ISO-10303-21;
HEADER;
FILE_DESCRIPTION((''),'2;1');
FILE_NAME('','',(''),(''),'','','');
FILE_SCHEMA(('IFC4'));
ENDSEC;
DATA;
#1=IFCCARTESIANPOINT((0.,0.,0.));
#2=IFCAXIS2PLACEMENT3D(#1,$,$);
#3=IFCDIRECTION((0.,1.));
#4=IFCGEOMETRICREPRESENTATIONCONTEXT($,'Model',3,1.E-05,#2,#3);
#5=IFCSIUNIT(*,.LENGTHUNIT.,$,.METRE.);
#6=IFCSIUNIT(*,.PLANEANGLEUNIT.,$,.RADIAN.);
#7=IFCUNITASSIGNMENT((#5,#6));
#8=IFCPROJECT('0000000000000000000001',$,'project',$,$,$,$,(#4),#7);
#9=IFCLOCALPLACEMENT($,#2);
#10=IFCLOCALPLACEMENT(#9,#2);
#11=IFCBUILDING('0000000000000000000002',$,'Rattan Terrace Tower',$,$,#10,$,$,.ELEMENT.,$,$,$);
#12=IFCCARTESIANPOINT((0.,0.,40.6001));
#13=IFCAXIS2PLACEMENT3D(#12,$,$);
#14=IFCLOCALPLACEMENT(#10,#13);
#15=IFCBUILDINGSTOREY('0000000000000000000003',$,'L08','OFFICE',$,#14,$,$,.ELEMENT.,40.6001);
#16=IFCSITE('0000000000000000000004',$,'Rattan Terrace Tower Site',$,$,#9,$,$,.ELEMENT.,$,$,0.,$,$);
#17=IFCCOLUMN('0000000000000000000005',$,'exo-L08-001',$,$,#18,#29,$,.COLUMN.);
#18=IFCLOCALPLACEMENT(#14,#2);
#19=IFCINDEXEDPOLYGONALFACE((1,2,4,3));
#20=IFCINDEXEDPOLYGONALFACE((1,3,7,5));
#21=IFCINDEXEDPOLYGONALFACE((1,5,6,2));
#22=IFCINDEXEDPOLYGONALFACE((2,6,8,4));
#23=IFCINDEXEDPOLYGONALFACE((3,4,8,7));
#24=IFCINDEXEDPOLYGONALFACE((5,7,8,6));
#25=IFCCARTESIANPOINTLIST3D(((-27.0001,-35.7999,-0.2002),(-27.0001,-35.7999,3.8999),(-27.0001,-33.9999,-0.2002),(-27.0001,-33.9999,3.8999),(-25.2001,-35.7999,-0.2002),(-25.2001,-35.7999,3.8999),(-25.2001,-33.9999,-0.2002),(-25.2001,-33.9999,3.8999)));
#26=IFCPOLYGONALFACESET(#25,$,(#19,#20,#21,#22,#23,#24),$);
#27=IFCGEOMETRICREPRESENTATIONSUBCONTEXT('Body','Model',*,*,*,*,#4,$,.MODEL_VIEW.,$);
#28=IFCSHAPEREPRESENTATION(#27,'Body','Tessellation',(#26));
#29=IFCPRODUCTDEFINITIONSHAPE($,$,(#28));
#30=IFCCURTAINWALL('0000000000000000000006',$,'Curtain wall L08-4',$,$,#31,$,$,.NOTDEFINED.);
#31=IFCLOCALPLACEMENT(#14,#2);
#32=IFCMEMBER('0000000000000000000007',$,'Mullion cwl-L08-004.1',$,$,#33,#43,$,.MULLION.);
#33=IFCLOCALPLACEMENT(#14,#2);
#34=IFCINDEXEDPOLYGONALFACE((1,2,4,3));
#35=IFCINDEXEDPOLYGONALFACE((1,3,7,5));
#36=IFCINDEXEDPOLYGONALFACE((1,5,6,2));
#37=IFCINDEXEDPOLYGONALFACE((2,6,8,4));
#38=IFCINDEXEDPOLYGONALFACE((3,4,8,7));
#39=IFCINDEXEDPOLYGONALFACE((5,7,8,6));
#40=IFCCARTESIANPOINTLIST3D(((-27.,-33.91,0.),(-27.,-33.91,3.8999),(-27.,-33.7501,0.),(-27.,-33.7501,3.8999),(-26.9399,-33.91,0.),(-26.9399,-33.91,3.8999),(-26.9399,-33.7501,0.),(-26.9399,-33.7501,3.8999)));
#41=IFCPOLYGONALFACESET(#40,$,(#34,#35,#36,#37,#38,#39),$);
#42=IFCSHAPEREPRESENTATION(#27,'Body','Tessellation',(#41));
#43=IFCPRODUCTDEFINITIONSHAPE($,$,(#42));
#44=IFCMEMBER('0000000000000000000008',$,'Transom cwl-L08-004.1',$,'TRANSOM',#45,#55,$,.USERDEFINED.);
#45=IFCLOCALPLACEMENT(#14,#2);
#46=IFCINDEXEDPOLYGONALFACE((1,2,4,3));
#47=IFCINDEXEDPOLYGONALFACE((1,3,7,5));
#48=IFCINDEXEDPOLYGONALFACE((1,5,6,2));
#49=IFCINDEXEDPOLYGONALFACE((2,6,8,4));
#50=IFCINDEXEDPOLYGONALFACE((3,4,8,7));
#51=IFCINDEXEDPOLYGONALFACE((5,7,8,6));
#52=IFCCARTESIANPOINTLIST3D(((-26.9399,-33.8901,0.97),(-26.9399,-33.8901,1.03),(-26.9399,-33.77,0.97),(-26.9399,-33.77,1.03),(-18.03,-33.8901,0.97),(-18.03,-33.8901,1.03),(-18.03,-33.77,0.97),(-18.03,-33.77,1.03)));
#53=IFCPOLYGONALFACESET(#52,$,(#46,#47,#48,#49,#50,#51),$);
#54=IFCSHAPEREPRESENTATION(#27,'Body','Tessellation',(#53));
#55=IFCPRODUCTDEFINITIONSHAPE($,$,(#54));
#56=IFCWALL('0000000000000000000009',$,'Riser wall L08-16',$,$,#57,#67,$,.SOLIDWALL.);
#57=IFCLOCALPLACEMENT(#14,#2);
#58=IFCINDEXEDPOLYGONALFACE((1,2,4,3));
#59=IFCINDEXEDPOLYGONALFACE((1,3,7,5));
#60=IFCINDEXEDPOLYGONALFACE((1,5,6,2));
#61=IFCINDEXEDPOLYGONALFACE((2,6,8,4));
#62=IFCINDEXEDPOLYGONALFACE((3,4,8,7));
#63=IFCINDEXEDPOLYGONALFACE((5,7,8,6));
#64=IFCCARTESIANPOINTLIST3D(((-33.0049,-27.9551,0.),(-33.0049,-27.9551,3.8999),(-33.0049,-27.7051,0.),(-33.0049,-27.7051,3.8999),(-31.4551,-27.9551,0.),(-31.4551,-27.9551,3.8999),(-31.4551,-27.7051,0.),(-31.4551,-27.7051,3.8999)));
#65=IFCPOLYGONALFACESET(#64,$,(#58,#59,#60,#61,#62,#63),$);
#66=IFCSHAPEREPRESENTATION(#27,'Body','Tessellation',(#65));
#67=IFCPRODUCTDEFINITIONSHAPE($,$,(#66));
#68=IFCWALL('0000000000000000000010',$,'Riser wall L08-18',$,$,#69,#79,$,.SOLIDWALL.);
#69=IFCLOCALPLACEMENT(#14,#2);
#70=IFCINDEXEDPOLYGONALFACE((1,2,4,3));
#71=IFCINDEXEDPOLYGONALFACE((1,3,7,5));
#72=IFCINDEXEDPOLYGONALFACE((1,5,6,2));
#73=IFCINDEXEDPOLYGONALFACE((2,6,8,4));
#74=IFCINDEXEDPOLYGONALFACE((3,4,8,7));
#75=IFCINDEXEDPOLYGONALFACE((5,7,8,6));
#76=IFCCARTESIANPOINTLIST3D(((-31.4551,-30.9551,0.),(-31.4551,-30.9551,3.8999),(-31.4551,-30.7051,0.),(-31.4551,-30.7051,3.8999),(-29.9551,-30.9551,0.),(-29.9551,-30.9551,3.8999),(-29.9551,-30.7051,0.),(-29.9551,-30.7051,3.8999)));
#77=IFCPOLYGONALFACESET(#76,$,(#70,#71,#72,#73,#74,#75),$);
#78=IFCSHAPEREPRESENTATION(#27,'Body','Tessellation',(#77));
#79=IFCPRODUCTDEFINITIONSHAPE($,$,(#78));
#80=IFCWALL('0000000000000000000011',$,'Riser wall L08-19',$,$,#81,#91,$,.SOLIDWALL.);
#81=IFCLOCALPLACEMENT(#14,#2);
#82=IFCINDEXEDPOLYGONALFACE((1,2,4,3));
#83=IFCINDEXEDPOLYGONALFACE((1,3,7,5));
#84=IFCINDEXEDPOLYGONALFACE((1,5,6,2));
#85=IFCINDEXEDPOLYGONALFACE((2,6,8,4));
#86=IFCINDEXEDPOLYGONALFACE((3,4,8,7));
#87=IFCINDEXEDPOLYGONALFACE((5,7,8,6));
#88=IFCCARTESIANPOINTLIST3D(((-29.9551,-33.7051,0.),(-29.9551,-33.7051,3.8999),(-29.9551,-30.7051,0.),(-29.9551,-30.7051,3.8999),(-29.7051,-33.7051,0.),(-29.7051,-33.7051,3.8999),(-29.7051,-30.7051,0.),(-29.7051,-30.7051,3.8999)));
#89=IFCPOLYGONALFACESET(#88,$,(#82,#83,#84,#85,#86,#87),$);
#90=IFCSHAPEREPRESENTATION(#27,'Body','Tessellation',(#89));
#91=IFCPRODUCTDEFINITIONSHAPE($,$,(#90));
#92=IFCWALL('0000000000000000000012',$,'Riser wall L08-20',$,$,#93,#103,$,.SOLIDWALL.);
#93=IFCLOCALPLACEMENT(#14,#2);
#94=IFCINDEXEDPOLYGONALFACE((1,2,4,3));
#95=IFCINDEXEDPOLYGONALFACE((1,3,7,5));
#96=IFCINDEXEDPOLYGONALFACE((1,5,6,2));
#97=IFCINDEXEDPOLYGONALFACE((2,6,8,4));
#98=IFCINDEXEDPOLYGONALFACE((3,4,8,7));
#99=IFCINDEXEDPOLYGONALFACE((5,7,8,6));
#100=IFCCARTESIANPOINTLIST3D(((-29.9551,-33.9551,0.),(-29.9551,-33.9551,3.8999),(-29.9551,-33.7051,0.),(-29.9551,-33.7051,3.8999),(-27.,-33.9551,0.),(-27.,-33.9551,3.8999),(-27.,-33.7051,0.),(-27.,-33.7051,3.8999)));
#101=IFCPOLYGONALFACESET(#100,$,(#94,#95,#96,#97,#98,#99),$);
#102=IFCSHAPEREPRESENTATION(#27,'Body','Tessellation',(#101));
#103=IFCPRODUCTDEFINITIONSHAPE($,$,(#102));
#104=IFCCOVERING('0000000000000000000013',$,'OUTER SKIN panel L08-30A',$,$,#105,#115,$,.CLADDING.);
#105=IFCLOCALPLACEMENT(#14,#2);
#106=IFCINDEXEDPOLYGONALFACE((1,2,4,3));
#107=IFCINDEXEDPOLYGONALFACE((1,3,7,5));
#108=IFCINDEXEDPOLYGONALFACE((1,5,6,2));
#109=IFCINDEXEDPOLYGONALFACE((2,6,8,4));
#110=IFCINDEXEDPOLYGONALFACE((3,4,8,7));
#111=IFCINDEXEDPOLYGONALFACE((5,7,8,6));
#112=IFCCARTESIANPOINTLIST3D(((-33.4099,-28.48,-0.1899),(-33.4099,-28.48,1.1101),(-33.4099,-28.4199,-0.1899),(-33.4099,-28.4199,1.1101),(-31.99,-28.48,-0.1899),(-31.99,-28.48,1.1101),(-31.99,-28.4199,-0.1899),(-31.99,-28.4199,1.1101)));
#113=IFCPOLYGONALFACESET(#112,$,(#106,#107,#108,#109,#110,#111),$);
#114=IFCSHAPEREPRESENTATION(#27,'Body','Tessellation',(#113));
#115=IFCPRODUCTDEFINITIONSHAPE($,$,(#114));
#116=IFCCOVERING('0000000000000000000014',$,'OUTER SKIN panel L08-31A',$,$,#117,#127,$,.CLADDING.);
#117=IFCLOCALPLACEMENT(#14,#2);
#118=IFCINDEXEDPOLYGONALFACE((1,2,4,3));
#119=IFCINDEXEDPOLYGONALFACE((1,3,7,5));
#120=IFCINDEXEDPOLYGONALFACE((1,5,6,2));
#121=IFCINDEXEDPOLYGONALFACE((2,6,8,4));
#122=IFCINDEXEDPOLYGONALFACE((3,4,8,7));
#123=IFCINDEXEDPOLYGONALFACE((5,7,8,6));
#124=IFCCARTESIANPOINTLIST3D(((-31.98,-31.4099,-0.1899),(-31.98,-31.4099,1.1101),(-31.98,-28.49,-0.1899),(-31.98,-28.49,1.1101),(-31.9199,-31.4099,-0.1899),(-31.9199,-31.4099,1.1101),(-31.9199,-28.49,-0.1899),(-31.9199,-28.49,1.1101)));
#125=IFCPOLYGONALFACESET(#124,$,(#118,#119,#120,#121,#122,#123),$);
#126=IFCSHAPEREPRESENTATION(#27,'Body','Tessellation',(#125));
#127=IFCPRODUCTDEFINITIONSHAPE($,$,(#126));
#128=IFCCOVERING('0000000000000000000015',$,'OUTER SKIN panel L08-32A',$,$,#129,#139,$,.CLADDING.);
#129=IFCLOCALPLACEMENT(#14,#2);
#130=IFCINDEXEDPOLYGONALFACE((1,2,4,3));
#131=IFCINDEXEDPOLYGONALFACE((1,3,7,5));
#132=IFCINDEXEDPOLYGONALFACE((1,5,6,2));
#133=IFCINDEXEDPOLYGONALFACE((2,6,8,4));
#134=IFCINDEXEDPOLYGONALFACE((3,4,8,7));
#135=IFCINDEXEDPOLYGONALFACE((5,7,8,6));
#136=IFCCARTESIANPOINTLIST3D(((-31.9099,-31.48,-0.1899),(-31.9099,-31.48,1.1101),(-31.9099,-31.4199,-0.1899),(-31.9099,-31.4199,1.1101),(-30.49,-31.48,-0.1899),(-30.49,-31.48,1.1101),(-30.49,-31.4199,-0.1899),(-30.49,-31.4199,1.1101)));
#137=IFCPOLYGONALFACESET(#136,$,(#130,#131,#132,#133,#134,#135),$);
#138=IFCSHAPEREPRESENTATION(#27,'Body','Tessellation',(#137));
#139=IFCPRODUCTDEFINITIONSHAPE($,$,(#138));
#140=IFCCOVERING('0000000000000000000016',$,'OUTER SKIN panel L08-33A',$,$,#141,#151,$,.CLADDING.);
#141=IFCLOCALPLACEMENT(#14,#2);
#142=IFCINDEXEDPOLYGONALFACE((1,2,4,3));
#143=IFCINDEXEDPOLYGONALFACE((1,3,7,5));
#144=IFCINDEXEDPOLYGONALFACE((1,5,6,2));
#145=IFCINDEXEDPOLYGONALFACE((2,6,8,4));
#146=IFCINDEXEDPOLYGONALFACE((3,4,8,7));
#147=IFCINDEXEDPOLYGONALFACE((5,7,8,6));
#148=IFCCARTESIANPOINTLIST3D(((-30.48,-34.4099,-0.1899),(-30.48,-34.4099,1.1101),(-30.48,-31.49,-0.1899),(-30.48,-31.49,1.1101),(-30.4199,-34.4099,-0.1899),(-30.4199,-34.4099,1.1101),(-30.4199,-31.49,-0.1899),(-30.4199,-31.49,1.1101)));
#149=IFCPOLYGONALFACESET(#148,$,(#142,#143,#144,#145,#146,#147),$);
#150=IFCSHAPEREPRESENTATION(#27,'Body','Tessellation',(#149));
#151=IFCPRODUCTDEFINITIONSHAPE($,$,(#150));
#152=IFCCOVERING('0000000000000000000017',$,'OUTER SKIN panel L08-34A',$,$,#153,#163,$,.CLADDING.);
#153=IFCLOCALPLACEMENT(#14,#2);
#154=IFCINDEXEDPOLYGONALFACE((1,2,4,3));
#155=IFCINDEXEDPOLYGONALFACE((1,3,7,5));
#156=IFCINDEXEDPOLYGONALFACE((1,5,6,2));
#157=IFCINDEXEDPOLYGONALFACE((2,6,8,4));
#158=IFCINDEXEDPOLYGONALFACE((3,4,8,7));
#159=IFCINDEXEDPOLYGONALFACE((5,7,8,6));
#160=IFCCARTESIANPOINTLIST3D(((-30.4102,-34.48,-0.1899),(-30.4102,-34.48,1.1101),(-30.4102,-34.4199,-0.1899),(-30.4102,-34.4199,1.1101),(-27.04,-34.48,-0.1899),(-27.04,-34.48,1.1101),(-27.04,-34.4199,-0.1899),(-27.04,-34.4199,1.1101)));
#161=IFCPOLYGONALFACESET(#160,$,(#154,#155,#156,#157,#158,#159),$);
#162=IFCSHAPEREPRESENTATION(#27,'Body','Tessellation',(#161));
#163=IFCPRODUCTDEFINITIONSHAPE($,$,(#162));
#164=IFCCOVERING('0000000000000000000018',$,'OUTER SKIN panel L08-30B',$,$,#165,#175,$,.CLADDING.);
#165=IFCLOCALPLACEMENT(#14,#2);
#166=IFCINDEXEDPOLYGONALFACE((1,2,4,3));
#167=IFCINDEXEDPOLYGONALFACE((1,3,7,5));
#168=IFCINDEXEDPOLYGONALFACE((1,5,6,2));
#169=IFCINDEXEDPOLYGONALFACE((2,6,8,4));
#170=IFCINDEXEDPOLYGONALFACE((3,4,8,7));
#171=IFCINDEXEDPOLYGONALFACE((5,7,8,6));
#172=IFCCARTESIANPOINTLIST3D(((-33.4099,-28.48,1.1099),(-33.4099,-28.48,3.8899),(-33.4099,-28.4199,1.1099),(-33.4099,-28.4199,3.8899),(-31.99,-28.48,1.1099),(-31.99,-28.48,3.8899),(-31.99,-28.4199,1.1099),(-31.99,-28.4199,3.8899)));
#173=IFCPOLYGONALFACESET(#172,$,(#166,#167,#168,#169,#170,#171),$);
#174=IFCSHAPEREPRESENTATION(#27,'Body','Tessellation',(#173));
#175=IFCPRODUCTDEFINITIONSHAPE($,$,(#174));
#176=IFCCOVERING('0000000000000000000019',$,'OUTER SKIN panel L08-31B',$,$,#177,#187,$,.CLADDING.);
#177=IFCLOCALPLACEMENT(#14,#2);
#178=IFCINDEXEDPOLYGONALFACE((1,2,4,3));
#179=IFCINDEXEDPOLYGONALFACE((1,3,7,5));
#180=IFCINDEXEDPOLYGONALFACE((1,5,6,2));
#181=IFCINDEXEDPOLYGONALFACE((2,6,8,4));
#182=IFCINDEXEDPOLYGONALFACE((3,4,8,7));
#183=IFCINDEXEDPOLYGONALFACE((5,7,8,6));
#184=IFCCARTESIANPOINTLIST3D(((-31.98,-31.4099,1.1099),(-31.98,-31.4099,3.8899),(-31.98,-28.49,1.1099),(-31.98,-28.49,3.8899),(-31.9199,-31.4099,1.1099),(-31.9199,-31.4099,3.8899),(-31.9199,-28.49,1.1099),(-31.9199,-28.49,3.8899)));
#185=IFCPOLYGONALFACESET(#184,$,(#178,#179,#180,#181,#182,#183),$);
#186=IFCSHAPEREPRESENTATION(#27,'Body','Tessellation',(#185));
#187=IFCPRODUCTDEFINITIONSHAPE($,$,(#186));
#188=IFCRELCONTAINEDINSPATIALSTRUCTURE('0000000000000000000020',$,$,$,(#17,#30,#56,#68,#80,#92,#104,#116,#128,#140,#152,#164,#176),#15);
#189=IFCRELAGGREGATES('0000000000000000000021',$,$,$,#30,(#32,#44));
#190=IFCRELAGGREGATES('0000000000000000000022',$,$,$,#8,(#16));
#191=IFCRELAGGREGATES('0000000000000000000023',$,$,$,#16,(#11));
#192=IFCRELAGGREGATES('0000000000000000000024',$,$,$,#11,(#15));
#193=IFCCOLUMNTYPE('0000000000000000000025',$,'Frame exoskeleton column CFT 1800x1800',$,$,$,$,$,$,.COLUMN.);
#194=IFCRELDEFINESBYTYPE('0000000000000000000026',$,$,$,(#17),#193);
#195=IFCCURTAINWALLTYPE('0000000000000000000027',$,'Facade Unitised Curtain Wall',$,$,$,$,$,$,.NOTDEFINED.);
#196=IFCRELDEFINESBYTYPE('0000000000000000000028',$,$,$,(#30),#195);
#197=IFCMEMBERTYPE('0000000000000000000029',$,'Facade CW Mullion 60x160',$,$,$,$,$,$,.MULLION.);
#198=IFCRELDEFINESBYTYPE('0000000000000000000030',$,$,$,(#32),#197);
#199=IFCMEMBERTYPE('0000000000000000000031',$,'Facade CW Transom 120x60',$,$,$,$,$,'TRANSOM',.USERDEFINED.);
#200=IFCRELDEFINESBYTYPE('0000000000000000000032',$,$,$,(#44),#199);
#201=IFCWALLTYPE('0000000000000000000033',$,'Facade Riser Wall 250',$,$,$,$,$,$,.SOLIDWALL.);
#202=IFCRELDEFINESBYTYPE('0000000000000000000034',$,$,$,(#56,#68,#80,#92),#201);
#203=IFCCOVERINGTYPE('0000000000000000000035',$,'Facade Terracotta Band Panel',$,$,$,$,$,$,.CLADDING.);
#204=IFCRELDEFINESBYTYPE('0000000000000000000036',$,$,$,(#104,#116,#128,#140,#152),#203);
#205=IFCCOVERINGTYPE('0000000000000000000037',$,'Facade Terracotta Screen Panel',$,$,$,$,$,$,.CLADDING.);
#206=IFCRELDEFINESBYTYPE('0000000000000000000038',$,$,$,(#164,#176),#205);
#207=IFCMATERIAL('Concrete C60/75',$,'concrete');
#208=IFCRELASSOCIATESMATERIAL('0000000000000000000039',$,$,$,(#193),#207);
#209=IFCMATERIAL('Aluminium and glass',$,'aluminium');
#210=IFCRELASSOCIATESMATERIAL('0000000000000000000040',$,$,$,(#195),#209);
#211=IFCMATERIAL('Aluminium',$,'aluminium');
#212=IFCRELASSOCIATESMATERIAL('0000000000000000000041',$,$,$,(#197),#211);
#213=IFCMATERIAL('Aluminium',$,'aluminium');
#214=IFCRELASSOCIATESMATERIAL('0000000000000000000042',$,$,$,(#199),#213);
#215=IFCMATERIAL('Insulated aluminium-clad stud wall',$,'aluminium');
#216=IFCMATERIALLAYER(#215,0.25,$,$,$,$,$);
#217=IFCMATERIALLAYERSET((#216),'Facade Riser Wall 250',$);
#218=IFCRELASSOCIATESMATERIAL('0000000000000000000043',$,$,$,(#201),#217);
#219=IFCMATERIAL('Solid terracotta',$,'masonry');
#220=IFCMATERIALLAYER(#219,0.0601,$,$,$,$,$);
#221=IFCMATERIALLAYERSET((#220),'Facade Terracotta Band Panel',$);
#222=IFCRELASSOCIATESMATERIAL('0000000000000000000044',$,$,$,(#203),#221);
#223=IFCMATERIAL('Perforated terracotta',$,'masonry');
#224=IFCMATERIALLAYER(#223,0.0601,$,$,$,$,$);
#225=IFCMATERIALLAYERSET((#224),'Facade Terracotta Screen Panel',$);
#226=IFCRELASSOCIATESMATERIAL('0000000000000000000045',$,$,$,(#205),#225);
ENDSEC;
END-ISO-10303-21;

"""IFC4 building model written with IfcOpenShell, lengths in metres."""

from ifc_helpers import new_model, si_unit, direction, frame, frame_2d, origin, origin_2d, place, context, subcontext, project, spatial, rectangle, extrude, material, layer, layer_set, material_profile, profile_set, type_object, element, aggregate, save


model = new_model("IFC4")

# Units and contexts
model_context = context("Model", 3, precision=1e-05, world=origin(), true_north=direction((0.0, 1.0)))
body_context = subcontext(model_context, "Body", "Model", "MODEL_VIEW")
ifc_project = project(units=[si_unit("LENGTHUNIT", "METRE"), si_unit("PLANEANGLEUNIT", "RADIAN")], contexts=[model_context])

# Site, building, storey
site_placement = place(None, origin())
site = spatial("IfcSite", under=ifc_project, at=site_placement, Name="Rattan Terrace Tower Site", CompositionType="ELEMENT", RefElevation=0.0)
building_placement = place(site_placement, origin())
building = spatial("IfcBuilding", under=site, at=building_placement, Name="Rattan Terrace Tower", CompositionType="ELEMENT")
storey_placement = place(building_placement, frame((0.0, 0.0, 40.6001)))
storey = spatial("IfcBuildingStorey", under=building, at=storey_placement, Name="L08", Description="OFFICE", CompositionType="ELEMENT", Elevation=40.6001)

# Column
ifc_material_1 = material(Name="Concrete C60/75", Category="concrete")
ifc_material_profile_1 = material_profile(ifc_material_1, rectangle(XDim=1.8, YDim=1.8, at=origin_2d()), Name="CFT 1800x1800")
ifc_profile_set_1 = profile_set([ifc_material_profile_1], Name="Concrete C60/75")
column_type = type_object("IfcColumnType", Name="Frame exoskeleton column CFT 1800x1800", PredefinedType="COLUMN", material=ifc_profile_set_1)
column_placement = place(storey_placement, frame((-26.1001, -34.8999, -0.2002), z_axis=(0.0, 0.0, 1.0), x_axis=(1.0, 0.0, 0.0)))
element("IfcColumn", 1, at=column_placement, inside=storey, type_object=column_type, Name="exo-L08-001", PredefinedType="COLUMN", context=body_context, shape_type="SweptSolid", body=[
    extrude(rectangle(XDim=1.8, YDim=1.8, at=origin_2d()), origin(), (0.0, 0.0, 1.0), 4.1001),
])

# Curtain wall, members
ifc_material_2 = material(Name="Aluminium and glass", Category="aluminium")
curtain_wall_type = type_object("IfcCurtainWallType", Name="Facade Unitised Curtain Wall", PredefinedType="NOTDEFINED", material=ifc_material_2)
curtain_wall_placement = place(storey_placement, origin())
curtain_wall = element("IfcCurtainWall", 2, at=curtain_wall_placement, inside=storey, type_object=curtain_wall_type, Name="Curtain wall L08-4", PredefinedType="NOTDEFINED")
ifc_material_3 = material(Name="Aluminium", Category="aluminium")
ifc_material_profile_2 = material_profile(ifc_material_3, rectangle(XDim=0.0601, YDim=0.1599, at=origin_2d()), Name="Aluminium 60x160")
ifc_profile_set_2 = profile_set([ifc_material_profile_2], Name="Aluminium")
member_type_1 = type_object("IfcMemberType", Name="Facade CW Mullion 60x160", PredefinedType="MULLION", material=ifc_profile_set_2)
member_1_placement = place(storey_placement, frame((-26.97, -33.8301, 0.0), z_axis=(0.0, 0.0, 1.0), x_axis=(1.0, 0.0, 0.0)))
member_1 = element("IfcMember", 3, at=member_1_placement, type_object=member_type_1, Name="Mullion cwl-L08-004.1", PredefinedType="MULLION", context=body_context, shape_type="SweptSolid", body=[
    extrude(rectangle(XDim=0.0601, YDim=0.1599, at=origin_2d()), origin(), (0.0, 0.0, 1.0), 3.8999),
])
ifc_material_4 = material(Name="Aluminium", Category="aluminium")
ifc_material_profile_3 = material_profile(ifc_material_4, rectangle(XDim=0.1201, YDim=0.0601, at=origin_2d()), Name="Aluminium 120x60")
ifc_profile_set_3 = profile_set([ifc_material_profile_3], Name="Aluminium")
member_type_2 = type_object("IfcMemberType", Name="Facade CW Transom 120x60", ElementType="TRANSOM", PredefinedType="USERDEFINED", material=ifc_profile_set_3)
member_2_placement = place(storey_placement, frame((-26.9399, -33.8301, 1.0), z_axis=(1.0, 0.0, 0.0), x_axis=(0.0, 1.0, 0.0)))
member_2 = element("IfcMember", 4, at=member_2_placement, type_object=member_type_2, Name="Transom cwl-L08-004.1", ObjectType="TRANSOM", PredefinedType="USERDEFINED", context=body_context, shape_type="SweptSolid", body=[
    extrude(rectangle(XDim=0.1201, YDim=0.0601, at=origin_2d()), origin(), (0.0, 0.0, 1.0), 8.9099),
])
aggregate(curtain_wall, [member_1, member_2])

# Walls
ifc_material_5 = material(Name="Insulated aluminium-clad stud wall", Category="aluminium")
ifc_layer_1 = layer(ifc_material_5, 0.25)
ifc_layer_set_1 = layer_set([ifc_layer_1], Name="Facade Riser Wall 250")
wall_type = type_object("IfcWallType", Name="Facade Riser Wall 250", PredefinedType="SOLIDWALL", material=ifc_layer_set_1)
wall_1_placement = place(storey_placement, frame((-33.0049, -27.8301, 0.0), z_axis=(0.0, 0.0, 1.0), x_axis=(1.0, 0.0, 0.0)))
element("IfcWall", 5, at=wall_1_placement, inside=storey, type_object=wall_type, Name="Riser wall L08-16", PredefinedType="SOLIDWALL", context=body_context, shape_type="SweptSolid", body=[
    extrude(rectangle(XDim=1.5498, YDim=0.25, at=frame_2d((0.7749, 0.0))), origin(), (0.0, 0.0, 1.0), 3.8999),
])
wall_2_placement = place(storey_placement, frame((-31.4551, -30.8301, 0.0), z_axis=(0.0, 0.0, 1.0), x_axis=(1.0, 0.0, 0.0)))
element("IfcWall", 6, at=wall_2_placement, inside=storey, type_object=wall_type, Name="Riser wall L08-18", PredefinedType="SOLIDWALL", context=body_context, shape_type="SweptSolid", body=[
    extrude(rectangle(XDim=1.5, YDim=0.25, at=frame_2d((0.75, 0.0))), origin(), (0.0, 0.0, 1.0), 3.8999),
])
wall_3_placement = place(storey_placement, frame((-29.8301, -30.7051, 0.0), z_axis=(0.0, 0.0, 1.0), x_axis=(0.0, -1.0, 0.0)))
element("IfcWall", 7, at=wall_3_placement, inside=storey, type_object=wall_type, Name="Riser wall L08-19", PredefinedType="SOLIDWALL", context=body_context, shape_type="SweptSolid", body=[
    extrude(rectangle(XDim=3.0, YDim=0.25, at=frame_2d((1.5, 0.0))), origin(), (0.0, 0.0, 1.0), 3.8999),
])
wall_4_placement = place(storey_placement, frame((-29.9551, -33.8301, 0.0), z_axis=(0.0, 0.0, 1.0), x_axis=(1.0, 0.0, 0.0)))
element("IfcWall", 8, at=wall_4_placement, inside=storey, type_object=wall_type, Name="Riser wall L08-20", PredefinedType="SOLIDWALL", context=body_context, shape_type="SweptSolid", body=[
    extrude(rectangle(XDim=2.9551, YDim=0.25, at=frame_2d((1.4775, 0.0))), origin(), (0.0, 0.0, 1.0), 3.8999),
])

# Coverings
ifc_material_6 = material(Name="Solid terracotta", Category="masonry")
ifc_layer_2 = layer(ifc_material_6, 0.0601)
ifc_layer_set_2 = layer_set([ifc_layer_2], Name="Facade Terracotta Band Panel")
covering_type_1 = type_object("IfcCoveringType", Name="Facade Terracotta Band Panel", PredefinedType="CLADDING", material=ifc_layer_set_2)
covering_1_placement = place(storey_placement, frame((-32.7, -28.45, -0.1899), z_axis=(0.0, 0.0, 1.0), x_axis=(1.0, 0.0, 0.0)))
element("IfcCovering", 9, at=covering_1_placement, inside=storey, type_object=covering_type_1, Name="OUTER SKIN panel L08-30A", PredefinedType="CLADDING", context=body_context, shape_type="SweptSolid", body=[
    extrude(rectangle(XDim=1.4199, YDim=0.0601, at=origin_2d()), origin(), (0.0, 0.0, 1.0), 1.3),
])
covering_2_placement = place(storey_placement, frame((-31.95, -29.95, -0.1899), z_axis=(0.0, 0.0, 1.0), x_axis=(0.0, -1.0, 0.0)))
element("IfcCovering", 10, at=covering_2_placement, inside=storey, type_object=covering_type_1, Name="OUTER SKIN panel L08-31A", PredefinedType="CLADDING", context=body_context, shape_type="SweptSolid", body=[
    extrude(rectangle(XDim=2.9199, YDim=0.0601, at=origin_2d()), origin(), (0.0, 0.0, 1.0), 1.3),
])
covering_3_placement = place(storey_placement, frame((-31.2, -31.45, -0.1899), z_axis=(0.0, 0.0, 1.0), x_axis=(1.0, 0.0, 0.0)))
element("IfcCovering", 11, at=covering_3_placement, inside=storey, type_object=covering_type_1, Name="OUTER SKIN panel L08-32A", PredefinedType="CLADDING", context=body_context, shape_type="SweptSolid", body=[
    extrude(rectangle(XDim=1.4199, YDim=0.0601, at=origin_2d()), origin(), (0.0, 0.0, 1.0), 1.3),
])
covering_4_placement = place(storey_placement, frame((-30.45, -32.95, -0.1899), z_axis=(0.0, 0.0, 1.0), x_axis=(0.0, -1.0, 0.0)))
element("IfcCovering", 12, at=covering_4_placement, inside=storey, type_object=covering_type_1, Name="OUTER SKIN panel L08-33A", PredefinedType="CLADDING", context=body_context, shape_type="SweptSolid", body=[
    extrude(rectangle(XDim=2.9199, YDim=0.0601, at=origin_2d()), origin(), (0.0, 0.0, 1.0), 1.3),
])
covering_5_placement = place(storey_placement, frame((-28.7251, -34.45, -0.1899), z_axis=(0.0, 0.0, 1.0), x_axis=(1.0, 0.0, 0.0)))
element("IfcCovering", 13, at=covering_5_placement, inside=storey, type_object=covering_type_1, Name="OUTER SKIN panel L08-34A", PredefinedType="CLADDING", context=body_context, shape_type="SweptSolid", body=[
    extrude(rectangle(XDim=3.3701, YDim=0.0601, at=origin_2d()), origin(), (0.0, 0.0, 1.0), 1.3),
])
ifc_material_7 = material(Name="Perforated terracotta", Category="masonry")
ifc_layer_3 = layer(ifc_material_7, 0.0601)
ifc_layer_set_3 = layer_set([ifc_layer_3], Name="Facade Terracotta Screen Panel")
covering_type_2 = type_object("IfcCoveringType", Name="Facade Terracotta Screen Panel", PredefinedType="CLADDING", material=ifc_layer_set_3)
covering_6_placement = place(storey_placement, frame((-32.7, -28.45, 1.1099), z_axis=(0.0, 0.0, 1.0), x_axis=(1.0, 0.0, 0.0)))
element("IfcCovering", 14, at=covering_6_placement, inside=storey, type_object=covering_type_2, Name="OUTER SKIN panel L08-30B", PredefinedType="CLADDING", context=body_context, shape_type="SweptSolid", body=[
    extrude(rectangle(XDim=1.4199, YDim=0.0601, at=origin_2d()), origin(), (0.0, 0.0, 1.0), 2.78),
])
covering_7_placement = place(storey_placement, frame((-31.95, -29.95, 1.1099), z_axis=(0.0, 0.0, 1.0), x_axis=(0.0, -1.0, 0.0)))
element("IfcCovering", 15, at=covering_7_placement, inside=storey, type_object=covering_type_2, Name="OUTER SKIN panel L08-31B", PredefinedType="CLADDING", context=body_context, shape_type="SweptSolid", body=[
    extrude(rectangle(XDim=2.9199, YDim=0.0601, at=origin_2d()), origin(), (0.0, 0.0, 1.0), 2.78),
])

save(model, "model.ifc")
